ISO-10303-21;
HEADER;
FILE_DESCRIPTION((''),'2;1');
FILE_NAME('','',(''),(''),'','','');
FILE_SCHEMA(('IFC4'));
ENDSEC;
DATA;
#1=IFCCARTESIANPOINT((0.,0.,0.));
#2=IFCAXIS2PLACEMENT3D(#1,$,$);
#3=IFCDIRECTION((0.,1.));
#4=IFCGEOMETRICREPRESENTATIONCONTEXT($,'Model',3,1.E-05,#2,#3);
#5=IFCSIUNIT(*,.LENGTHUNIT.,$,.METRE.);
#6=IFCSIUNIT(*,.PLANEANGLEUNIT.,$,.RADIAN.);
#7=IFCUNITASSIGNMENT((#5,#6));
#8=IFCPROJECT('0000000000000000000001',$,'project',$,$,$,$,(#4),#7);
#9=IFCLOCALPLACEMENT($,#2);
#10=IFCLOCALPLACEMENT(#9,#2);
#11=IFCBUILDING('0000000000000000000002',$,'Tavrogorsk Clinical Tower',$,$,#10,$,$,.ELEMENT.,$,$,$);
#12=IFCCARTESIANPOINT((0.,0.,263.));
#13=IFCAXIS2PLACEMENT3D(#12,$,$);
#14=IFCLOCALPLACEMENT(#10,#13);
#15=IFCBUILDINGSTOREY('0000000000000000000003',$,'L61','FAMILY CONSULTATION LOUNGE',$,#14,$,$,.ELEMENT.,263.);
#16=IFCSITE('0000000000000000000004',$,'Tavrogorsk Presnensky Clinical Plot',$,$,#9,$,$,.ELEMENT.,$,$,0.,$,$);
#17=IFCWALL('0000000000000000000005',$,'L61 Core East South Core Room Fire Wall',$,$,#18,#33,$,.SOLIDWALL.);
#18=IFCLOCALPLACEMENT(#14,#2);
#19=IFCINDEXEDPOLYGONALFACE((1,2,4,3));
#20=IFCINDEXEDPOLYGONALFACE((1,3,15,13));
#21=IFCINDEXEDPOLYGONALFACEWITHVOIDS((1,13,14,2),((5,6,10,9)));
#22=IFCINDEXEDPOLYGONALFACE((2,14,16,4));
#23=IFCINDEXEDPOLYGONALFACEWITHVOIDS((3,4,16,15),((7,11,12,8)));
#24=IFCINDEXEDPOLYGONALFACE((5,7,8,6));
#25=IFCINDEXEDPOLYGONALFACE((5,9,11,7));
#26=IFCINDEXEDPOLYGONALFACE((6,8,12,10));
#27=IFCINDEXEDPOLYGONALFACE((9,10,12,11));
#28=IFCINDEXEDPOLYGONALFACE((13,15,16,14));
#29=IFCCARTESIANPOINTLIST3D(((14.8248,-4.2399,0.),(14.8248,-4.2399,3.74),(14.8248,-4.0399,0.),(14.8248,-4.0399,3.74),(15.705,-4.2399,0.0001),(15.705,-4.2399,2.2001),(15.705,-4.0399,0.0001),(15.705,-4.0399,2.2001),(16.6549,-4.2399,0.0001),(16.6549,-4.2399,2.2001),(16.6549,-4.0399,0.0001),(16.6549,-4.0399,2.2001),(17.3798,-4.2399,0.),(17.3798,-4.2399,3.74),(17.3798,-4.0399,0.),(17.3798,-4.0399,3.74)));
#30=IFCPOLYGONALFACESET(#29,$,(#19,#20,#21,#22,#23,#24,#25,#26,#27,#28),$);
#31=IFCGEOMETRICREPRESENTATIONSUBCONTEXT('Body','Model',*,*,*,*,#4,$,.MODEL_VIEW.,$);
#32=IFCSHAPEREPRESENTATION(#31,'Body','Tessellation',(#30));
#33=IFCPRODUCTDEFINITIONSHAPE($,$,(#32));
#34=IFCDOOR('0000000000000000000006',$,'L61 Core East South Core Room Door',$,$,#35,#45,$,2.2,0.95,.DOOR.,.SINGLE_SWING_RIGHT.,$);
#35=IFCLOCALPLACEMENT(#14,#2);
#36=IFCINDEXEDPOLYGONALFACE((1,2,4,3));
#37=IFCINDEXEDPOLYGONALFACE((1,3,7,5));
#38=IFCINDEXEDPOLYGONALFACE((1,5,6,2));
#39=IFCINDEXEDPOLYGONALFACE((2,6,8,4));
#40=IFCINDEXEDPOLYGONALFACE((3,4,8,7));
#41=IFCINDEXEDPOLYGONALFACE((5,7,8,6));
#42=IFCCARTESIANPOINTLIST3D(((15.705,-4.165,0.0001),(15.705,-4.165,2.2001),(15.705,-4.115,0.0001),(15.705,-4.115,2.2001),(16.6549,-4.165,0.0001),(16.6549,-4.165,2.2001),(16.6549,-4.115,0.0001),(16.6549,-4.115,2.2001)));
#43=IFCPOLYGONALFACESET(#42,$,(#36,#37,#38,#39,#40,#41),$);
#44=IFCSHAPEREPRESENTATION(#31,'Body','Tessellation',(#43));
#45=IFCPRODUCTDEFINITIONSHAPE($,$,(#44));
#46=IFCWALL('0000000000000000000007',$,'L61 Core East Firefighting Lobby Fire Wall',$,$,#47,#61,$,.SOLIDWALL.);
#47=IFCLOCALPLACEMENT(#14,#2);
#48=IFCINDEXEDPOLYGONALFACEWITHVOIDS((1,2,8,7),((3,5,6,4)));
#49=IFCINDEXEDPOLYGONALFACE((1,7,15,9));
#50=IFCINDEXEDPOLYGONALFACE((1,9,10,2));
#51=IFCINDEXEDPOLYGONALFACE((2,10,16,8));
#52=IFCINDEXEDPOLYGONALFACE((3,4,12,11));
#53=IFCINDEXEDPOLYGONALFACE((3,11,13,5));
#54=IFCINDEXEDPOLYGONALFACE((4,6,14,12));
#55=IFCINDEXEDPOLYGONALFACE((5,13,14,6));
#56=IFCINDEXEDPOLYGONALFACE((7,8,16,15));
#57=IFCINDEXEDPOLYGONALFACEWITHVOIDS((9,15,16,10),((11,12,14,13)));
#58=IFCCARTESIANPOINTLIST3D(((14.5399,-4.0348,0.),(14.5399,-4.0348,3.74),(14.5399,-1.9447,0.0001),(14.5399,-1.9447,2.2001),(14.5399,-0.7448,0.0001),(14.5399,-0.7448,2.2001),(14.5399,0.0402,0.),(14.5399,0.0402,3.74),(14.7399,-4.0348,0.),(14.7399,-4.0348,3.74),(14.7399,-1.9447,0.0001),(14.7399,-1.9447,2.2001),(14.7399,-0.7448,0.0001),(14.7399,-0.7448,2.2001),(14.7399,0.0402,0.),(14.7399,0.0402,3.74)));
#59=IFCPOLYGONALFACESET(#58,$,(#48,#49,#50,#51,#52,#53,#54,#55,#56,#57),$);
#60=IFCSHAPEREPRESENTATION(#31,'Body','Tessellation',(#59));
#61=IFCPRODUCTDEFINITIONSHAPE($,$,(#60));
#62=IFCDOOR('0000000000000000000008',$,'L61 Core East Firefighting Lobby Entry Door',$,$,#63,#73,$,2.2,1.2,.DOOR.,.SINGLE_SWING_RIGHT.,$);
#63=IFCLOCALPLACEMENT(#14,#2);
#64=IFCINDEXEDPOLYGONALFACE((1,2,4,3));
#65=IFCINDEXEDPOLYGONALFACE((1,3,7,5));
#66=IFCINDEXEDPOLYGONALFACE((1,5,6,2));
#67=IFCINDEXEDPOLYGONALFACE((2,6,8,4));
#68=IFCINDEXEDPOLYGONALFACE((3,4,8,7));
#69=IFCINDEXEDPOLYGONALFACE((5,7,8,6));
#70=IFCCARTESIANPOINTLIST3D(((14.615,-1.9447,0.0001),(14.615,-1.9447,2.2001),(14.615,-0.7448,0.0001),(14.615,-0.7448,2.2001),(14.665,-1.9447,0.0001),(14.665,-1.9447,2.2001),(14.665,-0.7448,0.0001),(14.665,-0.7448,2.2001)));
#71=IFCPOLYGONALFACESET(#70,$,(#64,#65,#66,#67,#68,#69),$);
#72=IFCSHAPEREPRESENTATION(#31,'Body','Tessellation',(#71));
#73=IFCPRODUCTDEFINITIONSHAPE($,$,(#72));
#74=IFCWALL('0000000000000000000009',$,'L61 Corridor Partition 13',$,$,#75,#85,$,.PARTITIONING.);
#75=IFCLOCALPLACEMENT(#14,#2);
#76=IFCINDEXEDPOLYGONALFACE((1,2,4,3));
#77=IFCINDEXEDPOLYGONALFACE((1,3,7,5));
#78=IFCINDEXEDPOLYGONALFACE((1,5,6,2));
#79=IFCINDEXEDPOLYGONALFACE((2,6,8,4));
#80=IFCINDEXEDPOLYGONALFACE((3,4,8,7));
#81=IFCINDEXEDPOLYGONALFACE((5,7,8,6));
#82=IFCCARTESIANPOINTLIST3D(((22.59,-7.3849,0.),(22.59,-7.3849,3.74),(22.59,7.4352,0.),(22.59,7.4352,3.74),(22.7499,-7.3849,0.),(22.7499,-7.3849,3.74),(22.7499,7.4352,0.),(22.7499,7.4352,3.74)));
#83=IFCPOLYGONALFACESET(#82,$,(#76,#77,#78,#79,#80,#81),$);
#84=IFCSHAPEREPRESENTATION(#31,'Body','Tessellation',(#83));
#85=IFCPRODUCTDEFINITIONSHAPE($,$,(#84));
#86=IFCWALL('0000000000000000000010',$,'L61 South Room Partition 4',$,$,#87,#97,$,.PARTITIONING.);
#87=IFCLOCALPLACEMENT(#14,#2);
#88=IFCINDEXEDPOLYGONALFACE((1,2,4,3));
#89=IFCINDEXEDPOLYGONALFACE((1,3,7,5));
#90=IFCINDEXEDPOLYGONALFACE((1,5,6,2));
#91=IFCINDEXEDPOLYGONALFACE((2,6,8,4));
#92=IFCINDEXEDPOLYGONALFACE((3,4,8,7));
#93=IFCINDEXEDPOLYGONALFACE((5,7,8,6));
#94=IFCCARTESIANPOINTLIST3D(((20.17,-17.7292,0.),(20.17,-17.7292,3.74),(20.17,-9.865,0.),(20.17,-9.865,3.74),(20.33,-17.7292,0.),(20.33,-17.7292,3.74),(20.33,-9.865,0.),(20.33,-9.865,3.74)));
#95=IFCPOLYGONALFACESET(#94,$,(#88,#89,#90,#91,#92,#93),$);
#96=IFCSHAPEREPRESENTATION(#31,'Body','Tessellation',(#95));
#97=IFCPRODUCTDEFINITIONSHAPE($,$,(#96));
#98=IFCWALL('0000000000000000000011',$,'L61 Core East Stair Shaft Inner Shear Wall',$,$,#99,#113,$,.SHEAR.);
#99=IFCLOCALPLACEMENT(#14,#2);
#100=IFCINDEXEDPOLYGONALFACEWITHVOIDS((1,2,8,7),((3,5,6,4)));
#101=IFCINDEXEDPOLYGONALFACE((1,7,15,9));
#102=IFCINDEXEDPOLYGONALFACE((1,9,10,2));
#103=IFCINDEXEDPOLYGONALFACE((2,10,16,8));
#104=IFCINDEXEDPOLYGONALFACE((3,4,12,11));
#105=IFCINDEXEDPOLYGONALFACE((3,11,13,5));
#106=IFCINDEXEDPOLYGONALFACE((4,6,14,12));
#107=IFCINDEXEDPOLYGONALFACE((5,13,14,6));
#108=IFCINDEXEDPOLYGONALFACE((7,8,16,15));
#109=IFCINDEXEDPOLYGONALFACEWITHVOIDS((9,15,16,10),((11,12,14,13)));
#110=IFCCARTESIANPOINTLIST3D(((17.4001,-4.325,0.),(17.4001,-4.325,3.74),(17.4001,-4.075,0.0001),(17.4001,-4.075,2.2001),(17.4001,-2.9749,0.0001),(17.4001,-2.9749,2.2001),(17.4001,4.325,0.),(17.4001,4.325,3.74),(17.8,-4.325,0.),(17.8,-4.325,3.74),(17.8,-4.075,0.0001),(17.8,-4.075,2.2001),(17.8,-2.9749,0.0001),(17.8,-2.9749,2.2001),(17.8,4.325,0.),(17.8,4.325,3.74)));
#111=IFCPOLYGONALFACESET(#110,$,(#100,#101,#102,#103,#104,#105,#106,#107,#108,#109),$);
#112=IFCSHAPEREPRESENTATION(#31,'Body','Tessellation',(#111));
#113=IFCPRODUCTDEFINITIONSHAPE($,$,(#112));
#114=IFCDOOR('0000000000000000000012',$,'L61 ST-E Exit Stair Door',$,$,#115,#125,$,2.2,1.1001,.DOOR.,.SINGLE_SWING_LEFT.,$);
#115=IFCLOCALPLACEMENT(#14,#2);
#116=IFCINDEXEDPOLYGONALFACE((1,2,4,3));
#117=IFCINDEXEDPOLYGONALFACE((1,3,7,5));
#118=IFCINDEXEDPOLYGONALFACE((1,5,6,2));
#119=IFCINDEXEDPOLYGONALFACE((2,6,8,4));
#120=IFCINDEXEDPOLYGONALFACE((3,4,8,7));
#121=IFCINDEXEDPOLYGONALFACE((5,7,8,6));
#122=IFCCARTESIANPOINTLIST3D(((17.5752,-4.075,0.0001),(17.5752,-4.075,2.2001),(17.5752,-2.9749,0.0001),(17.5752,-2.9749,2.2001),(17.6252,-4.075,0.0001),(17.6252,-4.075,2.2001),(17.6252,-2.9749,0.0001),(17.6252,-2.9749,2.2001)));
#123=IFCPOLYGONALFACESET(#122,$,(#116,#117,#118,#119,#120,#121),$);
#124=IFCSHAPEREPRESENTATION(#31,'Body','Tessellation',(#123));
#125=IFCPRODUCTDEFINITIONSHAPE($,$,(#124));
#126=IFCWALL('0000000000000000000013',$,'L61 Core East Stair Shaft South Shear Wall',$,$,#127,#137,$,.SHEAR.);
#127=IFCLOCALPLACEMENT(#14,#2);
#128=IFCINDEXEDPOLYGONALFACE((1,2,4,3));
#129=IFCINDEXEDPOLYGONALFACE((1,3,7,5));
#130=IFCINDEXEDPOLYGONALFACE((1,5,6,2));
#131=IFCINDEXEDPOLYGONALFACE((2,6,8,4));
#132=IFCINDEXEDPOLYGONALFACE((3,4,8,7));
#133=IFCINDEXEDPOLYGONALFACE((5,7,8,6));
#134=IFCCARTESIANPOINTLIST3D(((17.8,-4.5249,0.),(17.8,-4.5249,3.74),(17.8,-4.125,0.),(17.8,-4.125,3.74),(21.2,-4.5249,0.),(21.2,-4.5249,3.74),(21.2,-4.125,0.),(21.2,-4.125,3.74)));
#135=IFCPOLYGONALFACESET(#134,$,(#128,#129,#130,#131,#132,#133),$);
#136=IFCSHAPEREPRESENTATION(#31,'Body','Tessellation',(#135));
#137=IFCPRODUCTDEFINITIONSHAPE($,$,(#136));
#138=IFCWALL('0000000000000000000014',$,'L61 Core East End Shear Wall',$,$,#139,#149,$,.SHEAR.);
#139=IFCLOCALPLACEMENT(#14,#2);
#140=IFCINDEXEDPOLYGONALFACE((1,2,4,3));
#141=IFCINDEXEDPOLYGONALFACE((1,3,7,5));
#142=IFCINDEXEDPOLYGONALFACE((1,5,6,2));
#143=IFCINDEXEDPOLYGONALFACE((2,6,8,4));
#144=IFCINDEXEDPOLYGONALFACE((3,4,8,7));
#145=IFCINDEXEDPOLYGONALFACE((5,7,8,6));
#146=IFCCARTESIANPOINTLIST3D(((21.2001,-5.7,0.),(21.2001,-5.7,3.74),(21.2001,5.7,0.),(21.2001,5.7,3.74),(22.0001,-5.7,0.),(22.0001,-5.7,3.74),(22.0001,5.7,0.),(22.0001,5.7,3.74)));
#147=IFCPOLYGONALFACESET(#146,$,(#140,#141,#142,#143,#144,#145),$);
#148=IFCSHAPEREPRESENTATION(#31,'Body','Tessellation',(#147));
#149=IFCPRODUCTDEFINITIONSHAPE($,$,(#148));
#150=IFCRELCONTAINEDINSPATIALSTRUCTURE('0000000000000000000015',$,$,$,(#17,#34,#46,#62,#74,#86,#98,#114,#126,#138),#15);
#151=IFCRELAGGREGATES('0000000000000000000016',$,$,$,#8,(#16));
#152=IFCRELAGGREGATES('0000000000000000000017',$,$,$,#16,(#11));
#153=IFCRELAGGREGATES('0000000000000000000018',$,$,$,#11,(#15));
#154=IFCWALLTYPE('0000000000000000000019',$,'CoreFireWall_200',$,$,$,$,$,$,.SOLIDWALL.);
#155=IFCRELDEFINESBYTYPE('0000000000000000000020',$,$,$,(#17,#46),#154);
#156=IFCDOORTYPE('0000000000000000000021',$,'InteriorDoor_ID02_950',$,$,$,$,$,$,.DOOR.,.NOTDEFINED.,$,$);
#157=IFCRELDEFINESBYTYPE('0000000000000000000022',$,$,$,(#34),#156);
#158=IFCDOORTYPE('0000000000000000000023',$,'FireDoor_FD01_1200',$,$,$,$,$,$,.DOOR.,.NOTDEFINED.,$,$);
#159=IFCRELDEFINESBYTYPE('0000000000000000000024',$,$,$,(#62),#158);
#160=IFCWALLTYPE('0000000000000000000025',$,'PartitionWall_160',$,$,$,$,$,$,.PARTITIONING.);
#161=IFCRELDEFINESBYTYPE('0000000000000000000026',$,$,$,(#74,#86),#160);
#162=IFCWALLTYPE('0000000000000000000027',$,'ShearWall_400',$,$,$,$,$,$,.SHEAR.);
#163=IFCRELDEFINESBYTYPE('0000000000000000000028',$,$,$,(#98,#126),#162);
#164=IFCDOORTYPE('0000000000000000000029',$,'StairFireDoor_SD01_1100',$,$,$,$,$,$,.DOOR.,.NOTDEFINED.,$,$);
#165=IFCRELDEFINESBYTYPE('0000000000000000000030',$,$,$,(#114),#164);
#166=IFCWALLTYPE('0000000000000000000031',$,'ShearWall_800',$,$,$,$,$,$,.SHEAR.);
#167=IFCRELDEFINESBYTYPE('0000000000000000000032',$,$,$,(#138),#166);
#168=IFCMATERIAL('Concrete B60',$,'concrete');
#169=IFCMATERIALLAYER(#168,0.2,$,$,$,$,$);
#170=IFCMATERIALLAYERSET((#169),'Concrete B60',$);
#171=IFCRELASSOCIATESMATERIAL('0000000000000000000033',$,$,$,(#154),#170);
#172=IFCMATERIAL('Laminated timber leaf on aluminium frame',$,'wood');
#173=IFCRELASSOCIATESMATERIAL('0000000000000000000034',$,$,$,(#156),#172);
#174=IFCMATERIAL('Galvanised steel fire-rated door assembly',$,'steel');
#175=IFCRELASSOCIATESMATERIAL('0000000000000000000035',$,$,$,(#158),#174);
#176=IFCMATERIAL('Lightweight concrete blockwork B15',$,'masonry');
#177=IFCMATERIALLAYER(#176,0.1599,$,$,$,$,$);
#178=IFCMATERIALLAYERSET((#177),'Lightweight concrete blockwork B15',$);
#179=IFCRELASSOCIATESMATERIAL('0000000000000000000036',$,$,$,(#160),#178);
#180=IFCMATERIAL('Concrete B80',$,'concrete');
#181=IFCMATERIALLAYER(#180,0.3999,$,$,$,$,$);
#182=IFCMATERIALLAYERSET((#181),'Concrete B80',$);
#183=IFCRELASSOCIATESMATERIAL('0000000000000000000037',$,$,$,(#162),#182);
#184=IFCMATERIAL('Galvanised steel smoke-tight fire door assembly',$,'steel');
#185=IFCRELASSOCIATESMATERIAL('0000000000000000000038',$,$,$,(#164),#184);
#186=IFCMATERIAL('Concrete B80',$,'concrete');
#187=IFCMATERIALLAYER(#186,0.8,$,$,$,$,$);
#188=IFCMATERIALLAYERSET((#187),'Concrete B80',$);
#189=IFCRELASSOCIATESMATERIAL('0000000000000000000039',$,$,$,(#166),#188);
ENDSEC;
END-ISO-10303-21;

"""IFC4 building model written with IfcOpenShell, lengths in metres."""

from ifc_helpers import new_model, si_unit, direction, frame, frame_2d, origin, place, context, subcontext, project, spatial, rectangle, extrude, material, layer, layer_set, type_object, element, fill, save


model = new_model("IFC4")

# Units and contexts
model_context = context("Model", 3, precision=1e-05, world=origin(), true_north=direction((0.0, 1.0)))
body_context = subcontext(model_context, "Body", "Model", "MODEL_VIEW")
ifc_project = project(units=[si_unit("LENGTHUNIT", "METRE"), si_unit("PLANEANGLEUNIT", "RADIAN")], contexts=[model_context])

# Site, building, storey
site_placement = place(None, origin())
site = spatial("IfcSite", under=ifc_project, at=site_placement, Name="Tavrogorsk Presnensky Clinical Plot", CompositionType="ELEMENT", RefElevation=0.0)
building_placement = place(site_placement, origin())
building = spatial("IfcBuilding", under=site, at=building_placement, Name="Tavrogorsk Clinical Tower", CompositionType="ELEMENT")
storey_placement = place(building_placement, frame((0.0, 0.0, 263.0)))
storey = spatial("IfcBuildingStorey", under=building, at=storey_placement, Name="L61", Description="FAMILY CONSULTATION LOUNGE", CompositionType="ELEMENT", Elevation=263.0)

# Walls, openings, doors
ifc_material_1 = material(Name="Concrete B60", Category="concrete")
ifc_layer_1 = layer(ifc_material_1, 0.2)
ifc_layer_set_1 = layer_set([ifc_layer_1], Name="Concrete B60")
wall_type_1 = type_object("IfcWallType", Name="CoreFireWall_200", PredefinedType="SOLIDWALL", material=ifc_layer_set_1)
wall_1_placement = place(storey_placement, frame((14.825, -4.1399, 0.0), z_axis=(0.0, 0.0, 1.0), x_axis=(1.0, 0.0, 0.0)))
wall_1 = element("IfcWall", 1, at=wall_1_placement, inside=storey, type_object=wall_type_1, Name="L61 Core East South Core Room Fire Wall", PredefinedType="SOLIDWALL", context=body_context, shape_type="SweptSolid", body=[
    extrude(rectangle(XDim=2.5549, YDim=0.2, at=frame_2d((1.2773, 0.0))), origin(), (0.0, 0.0, 1.0), 3.74),
])
opening_1_placement = place(wall_1_placement, frame((0.8799, 0.0, 0.0)))
opening_1 = element("IfcOpeningElement", 2, at=opening_1_placement, cuts=wall_1, PredefinedType="OPENING", context=body_context, shape_type="SweptSolid", body=[
    extrude(rectangle(XDim=0.95, YDim=2.2, at=frame_2d((0.4751, 1.1001))), frame((0.0, 0.1099, 0.0), z_axis=(0.0, -1.0, 0.0), x_axis=(1.0, 0.0, 0.0)), (0.0, 0.0, 1.0), 0.22),
])
ifc_material_2 = material(Name="Laminated timber leaf on aluminium frame", Category="wood")
door_type_1 = type_object("IfcDoorType", Name="InteriorDoor_ID02_950", OperationType="NOTDEFINED", PredefinedType="DOOR", material=ifc_material_2)
door_1_placement = place(opening_1_placement, origin())
door_1 = element("IfcDoor", 3, at=door_1_placement, inside=storey, type_object=door_type_1, Name="L61 Core East South Core Room Door", OperationType="SINGLE_SWING_RIGHT", OverallHeight=2.2, OverallWidth=0.95, PredefinedType="DOOR", context=body_context, shape_type="SweptSolid", body=[
    extrude(rectangle(XDim=0.95, YDim=2.2, at=frame_2d((0.4751, 1.1001))), frame((0.0, 0.0249, 0.0), z_axis=(0.0, -1.0, 0.0), x_axis=(1.0, 0.0, 0.0)), (0.0, 0.0, 1.0), 0.05),
])
fill(opening_1, door_1)
wall_2_placement = place(storey_placement, frame((14.6399, -4.0349, 0.0), z_axis=(0.0, 0.0, 1.0), x_axis=(0.0, 1.0, 0.0)))
wall_2 = element("IfcWall", 4, at=wall_2_placement, inside=storey, type_object=wall_type_1, Name="L61 Core East Firefighting Lobby Fire Wall", PredefinedType="SOLIDWALL", context=body_context, shape_type="SweptSolid", body=[
    extrude(rectangle(XDim=4.075, YDim=0.2, at=frame_2d((2.0376, 0.0))), origin(), (0.0, 0.0, 1.0), 3.74),
])
opening_2_placement = place(wall_2_placement, frame((2.0901, 0.0, 0.0)))
opening_2 = element("IfcOpeningElement", 5, at=opening_2_placement, cuts=wall_2, PredefinedType="OPENING", context=body_context, shape_type="SweptSolid", body=[
    extrude(rectangle(XDim=1.2, YDim=2.2, at=frame_2d((0.6001, 1.1001))), frame((0.0, 0.1099, 0.0), z_axis=(0.0, -1.0, 0.0), x_axis=(1.0, 0.0, 0.0)), (0.0, 0.0, 1.0), 0.22),
])
ifc_material_3 = material(Name="Galvanised steel fire-rated door assembly", Category="steel")
door_type_2 = type_object("IfcDoorType", Name="FireDoor_FD01_1200", OperationType="NOTDEFINED", PredefinedType="DOOR", material=ifc_material_3)
door_2_placement = place(opening_2_placement, origin())
door_2 = element("IfcDoor", 6, at=door_2_placement, inside=storey, type_object=door_type_2, Name="L61 Core East Firefighting Lobby Entry Door", OperationType="SINGLE_SWING_RIGHT", OverallHeight=2.2, OverallWidth=1.2, PredefinedType="DOOR", context=body_context, shape_type="SweptSolid", body=[
    extrude(rectangle(XDim=1.2, YDim=2.2, at=frame_2d((0.6001, 1.1001))), frame((0.0, 0.0249, 0.0), z_axis=(0.0, -1.0, 0.0), x_axis=(1.0, 0.0, 0.0)), (0.0, 0.0, 1.0), 0.05),
])
fill(opening_2, door_2)

# Walls
ifc_material_4 = material(Name="Lightweight concrete blockwork B15", Category="masonry")
ifc_layer_2 = layer(ifc_material_4, 0.1599)
ifc_layer_set_2 = layer_set([ifc_layer_2], Name="Lightweight concrete blockwork B15")
wall_type_2 = type_object("IfcWallType", Name="PartitionWall_160", PredefinedType="PARTITIONING", material=ifc_layer_set_2)
wall_3_placement = place(storey_placement, frame((22.6699, -7.385, 0.0), z_axis=(0.0, 0.0, 1.0), x_axis=(0.0, 1.0, 0.0)))
element("IfcWall", 7, at=wall_3_placement, inside=storey, type_object=wall_type_2, Name="L61 Corridor Partition 13", PredefinedType="PARTITIONING", context=body_context, shape_type="SweptSolid", body=[
    extrude(rectangle(XDim=14.8201, YDim=0.1599, at=frame_2d((7.4102, 0.0))), origin(), (0.0, 0.0, 1.0), 3.74),
])
wall_4_placement = place(storey_placement, frame((20.25, -17.7292, 0.0), z_axis=(0.0, 0.0, 1.0), x_axis=(0.0, 1.0, 0.0)))
element("IfcWall", 8, at=wall_4_placement, inside=storey, type_object=wall_type_2, Name="L61 South Room Partition 4", PredefinedType="PARTITIONING", context=body_context, shape_type="SweptSolid", body=[
    extrude(rectangle(XDim=7.8643, YDim=0.1599, at=frame_2d((3.9321, 0.0))), origin(), (0.0, 0.0, 1.0), 3.74),
])

# Wall, opening, door
ifc_material_5 = material(Name="Concrete B80", Category="concrete")
ifc_layer_3 = layer(ifc_material_5, 0.3999)
ifc_layer_set_3 = layer_set([ifc_layer_3], Name="Concrete B80")
wall_type_3 = type_object("IfcWallType", Name="ShearWall_400", PredefinedType="SHEAR", material=ifc_layer_set_3)
wall_5_placement = place(storey_placement, frame((17.6001, -4.325, 0.0), z_axis=(0.0, 0.0, 1.0), x_axis=(0.0, 1.0, 0.0)))
wall_5 = element("IfcWall", 9, at=wall_5_placement, inside=storey, type_object=wall_type_3, Name="L61 Core East Stair Shaft Inner Shear Wall", PredefinedType="SHEAR", context=body_context, shape_type="SweptSolid", body=[
    extrude(rectangle(XDim=8.6499, YDim=0.3999, at=frame_2d((4.325, 0.0))), origin(), (0.0, 0.0, 1.0), 3.74),
])
opening_3_placement = place(wall_5_placement, frame((0.25, 0.0, 0.0)))
opening_3 = element("IfcOpeningElement", 10, at=opening_3_placement, cuts=wall_5, PredefinedType="OPENING", context=body_context, shape_type="SweptSolid", body=[
    extrude(rectangle(XDim=1.1001, YDim=2.2, at=frame_2d((0.55, 1.1001))), frame((0.0, 0.21, 0.0), z_axis=(0.0, -1.0, 0.0), x_axis=(1.0, 0.0, 0.0)), (0.0, 0.0, 1.0), 0.4199),
])
ifc_material_6 = material(Name="Galvanised steel smoke-tight fire door assembly", Category="steel")
door_type_3 = type_object("IfcDoorType", Name="StairFireDoor_SD01_1100", OperationType="NOTDEFINED", PredefinedType="DOOR", material=ifc_material_6)
door_3_placement = place(opening_3_placement, origin())
door_3 = element("IfcDoor", 11, at=door_3_placement, inside=storey, type_object=door_type_3, Name="L61 ST-E Exit Stair Door", OperationType="SINGLE_SWING_LEFT", OverallHeight=2.2, OverallWidth=1.1001, PredefinedType="DOOR", context=body_context, shape_type="SweptSolid", body=[
    extrude(rectangle(XDim=1.1001, YDim=2.2, at=frame_2d((0.55, 1.1001))), frame((0.0, 0.0249, 0.0), z_axis=(0.0, -1.0, 0.0), x_axis=(1.0, 0.0, 0.0)), (0.0, 0.0, 1.0), 0.05),
])
fill(opening_3, door_3)

# Walls
wall_6_placement = place(storey_placement, frame((17.8, -4.325, 0.0), z_axis=(0.0, 0.0, 1.0), x_axis=(1.0, 0.0, 0.0)))
element("IfcWall", 12, at=wall_6_placement, inside=storey, type_object=wall_type_3, Name="L61 Core East Stair Shaft South Shear Wall", PredefinedType="SHEAR", context=body_context, shape_type="SweptSolid", body=[
    extrude(rectangle(XDim=3.3999, YDim=0.3999, at=frame_2d((1.7, 0.0))), origin(), (0.0, 0.0, 1.0), 3.74),
])
ifc_material_7 = material(Name="Concrete B80", Category="concrete")
ifc_layer_4 = layer(ifc_material_7, 0.8)
ifc_layer_set_4 = layer_set([ifc_layer_4], Name="Concrete B80")
wall_type_4 = type_object("IfcWallType", Name="ShearWall_800", PredefinedType="SHEAR", material=ifc_layer_set_4)
wall_7_placement = place(storey_placement, frame((21.6001, -5.7, 0.0), z_axis=(0.0, 0.0, 1.0), x_axis=(0.0, 1.0, 0.0)))
element("IfcWall", 13, at=wall_7_placement, inside=storey, type_object=wall_type_4, Name="L61 Core East End Shear Wall", PredefinedType="SHEAR", context=body_context, shape_type="SweptSolid", body=[
    extrude(rectangle(XDim=11.3999, YDim=0.8, at=frame_2d((5.7, 0.0))), origin(), (0.0, 0.0, 1.0), 3.74),
])

save(model, "model.ifc")
